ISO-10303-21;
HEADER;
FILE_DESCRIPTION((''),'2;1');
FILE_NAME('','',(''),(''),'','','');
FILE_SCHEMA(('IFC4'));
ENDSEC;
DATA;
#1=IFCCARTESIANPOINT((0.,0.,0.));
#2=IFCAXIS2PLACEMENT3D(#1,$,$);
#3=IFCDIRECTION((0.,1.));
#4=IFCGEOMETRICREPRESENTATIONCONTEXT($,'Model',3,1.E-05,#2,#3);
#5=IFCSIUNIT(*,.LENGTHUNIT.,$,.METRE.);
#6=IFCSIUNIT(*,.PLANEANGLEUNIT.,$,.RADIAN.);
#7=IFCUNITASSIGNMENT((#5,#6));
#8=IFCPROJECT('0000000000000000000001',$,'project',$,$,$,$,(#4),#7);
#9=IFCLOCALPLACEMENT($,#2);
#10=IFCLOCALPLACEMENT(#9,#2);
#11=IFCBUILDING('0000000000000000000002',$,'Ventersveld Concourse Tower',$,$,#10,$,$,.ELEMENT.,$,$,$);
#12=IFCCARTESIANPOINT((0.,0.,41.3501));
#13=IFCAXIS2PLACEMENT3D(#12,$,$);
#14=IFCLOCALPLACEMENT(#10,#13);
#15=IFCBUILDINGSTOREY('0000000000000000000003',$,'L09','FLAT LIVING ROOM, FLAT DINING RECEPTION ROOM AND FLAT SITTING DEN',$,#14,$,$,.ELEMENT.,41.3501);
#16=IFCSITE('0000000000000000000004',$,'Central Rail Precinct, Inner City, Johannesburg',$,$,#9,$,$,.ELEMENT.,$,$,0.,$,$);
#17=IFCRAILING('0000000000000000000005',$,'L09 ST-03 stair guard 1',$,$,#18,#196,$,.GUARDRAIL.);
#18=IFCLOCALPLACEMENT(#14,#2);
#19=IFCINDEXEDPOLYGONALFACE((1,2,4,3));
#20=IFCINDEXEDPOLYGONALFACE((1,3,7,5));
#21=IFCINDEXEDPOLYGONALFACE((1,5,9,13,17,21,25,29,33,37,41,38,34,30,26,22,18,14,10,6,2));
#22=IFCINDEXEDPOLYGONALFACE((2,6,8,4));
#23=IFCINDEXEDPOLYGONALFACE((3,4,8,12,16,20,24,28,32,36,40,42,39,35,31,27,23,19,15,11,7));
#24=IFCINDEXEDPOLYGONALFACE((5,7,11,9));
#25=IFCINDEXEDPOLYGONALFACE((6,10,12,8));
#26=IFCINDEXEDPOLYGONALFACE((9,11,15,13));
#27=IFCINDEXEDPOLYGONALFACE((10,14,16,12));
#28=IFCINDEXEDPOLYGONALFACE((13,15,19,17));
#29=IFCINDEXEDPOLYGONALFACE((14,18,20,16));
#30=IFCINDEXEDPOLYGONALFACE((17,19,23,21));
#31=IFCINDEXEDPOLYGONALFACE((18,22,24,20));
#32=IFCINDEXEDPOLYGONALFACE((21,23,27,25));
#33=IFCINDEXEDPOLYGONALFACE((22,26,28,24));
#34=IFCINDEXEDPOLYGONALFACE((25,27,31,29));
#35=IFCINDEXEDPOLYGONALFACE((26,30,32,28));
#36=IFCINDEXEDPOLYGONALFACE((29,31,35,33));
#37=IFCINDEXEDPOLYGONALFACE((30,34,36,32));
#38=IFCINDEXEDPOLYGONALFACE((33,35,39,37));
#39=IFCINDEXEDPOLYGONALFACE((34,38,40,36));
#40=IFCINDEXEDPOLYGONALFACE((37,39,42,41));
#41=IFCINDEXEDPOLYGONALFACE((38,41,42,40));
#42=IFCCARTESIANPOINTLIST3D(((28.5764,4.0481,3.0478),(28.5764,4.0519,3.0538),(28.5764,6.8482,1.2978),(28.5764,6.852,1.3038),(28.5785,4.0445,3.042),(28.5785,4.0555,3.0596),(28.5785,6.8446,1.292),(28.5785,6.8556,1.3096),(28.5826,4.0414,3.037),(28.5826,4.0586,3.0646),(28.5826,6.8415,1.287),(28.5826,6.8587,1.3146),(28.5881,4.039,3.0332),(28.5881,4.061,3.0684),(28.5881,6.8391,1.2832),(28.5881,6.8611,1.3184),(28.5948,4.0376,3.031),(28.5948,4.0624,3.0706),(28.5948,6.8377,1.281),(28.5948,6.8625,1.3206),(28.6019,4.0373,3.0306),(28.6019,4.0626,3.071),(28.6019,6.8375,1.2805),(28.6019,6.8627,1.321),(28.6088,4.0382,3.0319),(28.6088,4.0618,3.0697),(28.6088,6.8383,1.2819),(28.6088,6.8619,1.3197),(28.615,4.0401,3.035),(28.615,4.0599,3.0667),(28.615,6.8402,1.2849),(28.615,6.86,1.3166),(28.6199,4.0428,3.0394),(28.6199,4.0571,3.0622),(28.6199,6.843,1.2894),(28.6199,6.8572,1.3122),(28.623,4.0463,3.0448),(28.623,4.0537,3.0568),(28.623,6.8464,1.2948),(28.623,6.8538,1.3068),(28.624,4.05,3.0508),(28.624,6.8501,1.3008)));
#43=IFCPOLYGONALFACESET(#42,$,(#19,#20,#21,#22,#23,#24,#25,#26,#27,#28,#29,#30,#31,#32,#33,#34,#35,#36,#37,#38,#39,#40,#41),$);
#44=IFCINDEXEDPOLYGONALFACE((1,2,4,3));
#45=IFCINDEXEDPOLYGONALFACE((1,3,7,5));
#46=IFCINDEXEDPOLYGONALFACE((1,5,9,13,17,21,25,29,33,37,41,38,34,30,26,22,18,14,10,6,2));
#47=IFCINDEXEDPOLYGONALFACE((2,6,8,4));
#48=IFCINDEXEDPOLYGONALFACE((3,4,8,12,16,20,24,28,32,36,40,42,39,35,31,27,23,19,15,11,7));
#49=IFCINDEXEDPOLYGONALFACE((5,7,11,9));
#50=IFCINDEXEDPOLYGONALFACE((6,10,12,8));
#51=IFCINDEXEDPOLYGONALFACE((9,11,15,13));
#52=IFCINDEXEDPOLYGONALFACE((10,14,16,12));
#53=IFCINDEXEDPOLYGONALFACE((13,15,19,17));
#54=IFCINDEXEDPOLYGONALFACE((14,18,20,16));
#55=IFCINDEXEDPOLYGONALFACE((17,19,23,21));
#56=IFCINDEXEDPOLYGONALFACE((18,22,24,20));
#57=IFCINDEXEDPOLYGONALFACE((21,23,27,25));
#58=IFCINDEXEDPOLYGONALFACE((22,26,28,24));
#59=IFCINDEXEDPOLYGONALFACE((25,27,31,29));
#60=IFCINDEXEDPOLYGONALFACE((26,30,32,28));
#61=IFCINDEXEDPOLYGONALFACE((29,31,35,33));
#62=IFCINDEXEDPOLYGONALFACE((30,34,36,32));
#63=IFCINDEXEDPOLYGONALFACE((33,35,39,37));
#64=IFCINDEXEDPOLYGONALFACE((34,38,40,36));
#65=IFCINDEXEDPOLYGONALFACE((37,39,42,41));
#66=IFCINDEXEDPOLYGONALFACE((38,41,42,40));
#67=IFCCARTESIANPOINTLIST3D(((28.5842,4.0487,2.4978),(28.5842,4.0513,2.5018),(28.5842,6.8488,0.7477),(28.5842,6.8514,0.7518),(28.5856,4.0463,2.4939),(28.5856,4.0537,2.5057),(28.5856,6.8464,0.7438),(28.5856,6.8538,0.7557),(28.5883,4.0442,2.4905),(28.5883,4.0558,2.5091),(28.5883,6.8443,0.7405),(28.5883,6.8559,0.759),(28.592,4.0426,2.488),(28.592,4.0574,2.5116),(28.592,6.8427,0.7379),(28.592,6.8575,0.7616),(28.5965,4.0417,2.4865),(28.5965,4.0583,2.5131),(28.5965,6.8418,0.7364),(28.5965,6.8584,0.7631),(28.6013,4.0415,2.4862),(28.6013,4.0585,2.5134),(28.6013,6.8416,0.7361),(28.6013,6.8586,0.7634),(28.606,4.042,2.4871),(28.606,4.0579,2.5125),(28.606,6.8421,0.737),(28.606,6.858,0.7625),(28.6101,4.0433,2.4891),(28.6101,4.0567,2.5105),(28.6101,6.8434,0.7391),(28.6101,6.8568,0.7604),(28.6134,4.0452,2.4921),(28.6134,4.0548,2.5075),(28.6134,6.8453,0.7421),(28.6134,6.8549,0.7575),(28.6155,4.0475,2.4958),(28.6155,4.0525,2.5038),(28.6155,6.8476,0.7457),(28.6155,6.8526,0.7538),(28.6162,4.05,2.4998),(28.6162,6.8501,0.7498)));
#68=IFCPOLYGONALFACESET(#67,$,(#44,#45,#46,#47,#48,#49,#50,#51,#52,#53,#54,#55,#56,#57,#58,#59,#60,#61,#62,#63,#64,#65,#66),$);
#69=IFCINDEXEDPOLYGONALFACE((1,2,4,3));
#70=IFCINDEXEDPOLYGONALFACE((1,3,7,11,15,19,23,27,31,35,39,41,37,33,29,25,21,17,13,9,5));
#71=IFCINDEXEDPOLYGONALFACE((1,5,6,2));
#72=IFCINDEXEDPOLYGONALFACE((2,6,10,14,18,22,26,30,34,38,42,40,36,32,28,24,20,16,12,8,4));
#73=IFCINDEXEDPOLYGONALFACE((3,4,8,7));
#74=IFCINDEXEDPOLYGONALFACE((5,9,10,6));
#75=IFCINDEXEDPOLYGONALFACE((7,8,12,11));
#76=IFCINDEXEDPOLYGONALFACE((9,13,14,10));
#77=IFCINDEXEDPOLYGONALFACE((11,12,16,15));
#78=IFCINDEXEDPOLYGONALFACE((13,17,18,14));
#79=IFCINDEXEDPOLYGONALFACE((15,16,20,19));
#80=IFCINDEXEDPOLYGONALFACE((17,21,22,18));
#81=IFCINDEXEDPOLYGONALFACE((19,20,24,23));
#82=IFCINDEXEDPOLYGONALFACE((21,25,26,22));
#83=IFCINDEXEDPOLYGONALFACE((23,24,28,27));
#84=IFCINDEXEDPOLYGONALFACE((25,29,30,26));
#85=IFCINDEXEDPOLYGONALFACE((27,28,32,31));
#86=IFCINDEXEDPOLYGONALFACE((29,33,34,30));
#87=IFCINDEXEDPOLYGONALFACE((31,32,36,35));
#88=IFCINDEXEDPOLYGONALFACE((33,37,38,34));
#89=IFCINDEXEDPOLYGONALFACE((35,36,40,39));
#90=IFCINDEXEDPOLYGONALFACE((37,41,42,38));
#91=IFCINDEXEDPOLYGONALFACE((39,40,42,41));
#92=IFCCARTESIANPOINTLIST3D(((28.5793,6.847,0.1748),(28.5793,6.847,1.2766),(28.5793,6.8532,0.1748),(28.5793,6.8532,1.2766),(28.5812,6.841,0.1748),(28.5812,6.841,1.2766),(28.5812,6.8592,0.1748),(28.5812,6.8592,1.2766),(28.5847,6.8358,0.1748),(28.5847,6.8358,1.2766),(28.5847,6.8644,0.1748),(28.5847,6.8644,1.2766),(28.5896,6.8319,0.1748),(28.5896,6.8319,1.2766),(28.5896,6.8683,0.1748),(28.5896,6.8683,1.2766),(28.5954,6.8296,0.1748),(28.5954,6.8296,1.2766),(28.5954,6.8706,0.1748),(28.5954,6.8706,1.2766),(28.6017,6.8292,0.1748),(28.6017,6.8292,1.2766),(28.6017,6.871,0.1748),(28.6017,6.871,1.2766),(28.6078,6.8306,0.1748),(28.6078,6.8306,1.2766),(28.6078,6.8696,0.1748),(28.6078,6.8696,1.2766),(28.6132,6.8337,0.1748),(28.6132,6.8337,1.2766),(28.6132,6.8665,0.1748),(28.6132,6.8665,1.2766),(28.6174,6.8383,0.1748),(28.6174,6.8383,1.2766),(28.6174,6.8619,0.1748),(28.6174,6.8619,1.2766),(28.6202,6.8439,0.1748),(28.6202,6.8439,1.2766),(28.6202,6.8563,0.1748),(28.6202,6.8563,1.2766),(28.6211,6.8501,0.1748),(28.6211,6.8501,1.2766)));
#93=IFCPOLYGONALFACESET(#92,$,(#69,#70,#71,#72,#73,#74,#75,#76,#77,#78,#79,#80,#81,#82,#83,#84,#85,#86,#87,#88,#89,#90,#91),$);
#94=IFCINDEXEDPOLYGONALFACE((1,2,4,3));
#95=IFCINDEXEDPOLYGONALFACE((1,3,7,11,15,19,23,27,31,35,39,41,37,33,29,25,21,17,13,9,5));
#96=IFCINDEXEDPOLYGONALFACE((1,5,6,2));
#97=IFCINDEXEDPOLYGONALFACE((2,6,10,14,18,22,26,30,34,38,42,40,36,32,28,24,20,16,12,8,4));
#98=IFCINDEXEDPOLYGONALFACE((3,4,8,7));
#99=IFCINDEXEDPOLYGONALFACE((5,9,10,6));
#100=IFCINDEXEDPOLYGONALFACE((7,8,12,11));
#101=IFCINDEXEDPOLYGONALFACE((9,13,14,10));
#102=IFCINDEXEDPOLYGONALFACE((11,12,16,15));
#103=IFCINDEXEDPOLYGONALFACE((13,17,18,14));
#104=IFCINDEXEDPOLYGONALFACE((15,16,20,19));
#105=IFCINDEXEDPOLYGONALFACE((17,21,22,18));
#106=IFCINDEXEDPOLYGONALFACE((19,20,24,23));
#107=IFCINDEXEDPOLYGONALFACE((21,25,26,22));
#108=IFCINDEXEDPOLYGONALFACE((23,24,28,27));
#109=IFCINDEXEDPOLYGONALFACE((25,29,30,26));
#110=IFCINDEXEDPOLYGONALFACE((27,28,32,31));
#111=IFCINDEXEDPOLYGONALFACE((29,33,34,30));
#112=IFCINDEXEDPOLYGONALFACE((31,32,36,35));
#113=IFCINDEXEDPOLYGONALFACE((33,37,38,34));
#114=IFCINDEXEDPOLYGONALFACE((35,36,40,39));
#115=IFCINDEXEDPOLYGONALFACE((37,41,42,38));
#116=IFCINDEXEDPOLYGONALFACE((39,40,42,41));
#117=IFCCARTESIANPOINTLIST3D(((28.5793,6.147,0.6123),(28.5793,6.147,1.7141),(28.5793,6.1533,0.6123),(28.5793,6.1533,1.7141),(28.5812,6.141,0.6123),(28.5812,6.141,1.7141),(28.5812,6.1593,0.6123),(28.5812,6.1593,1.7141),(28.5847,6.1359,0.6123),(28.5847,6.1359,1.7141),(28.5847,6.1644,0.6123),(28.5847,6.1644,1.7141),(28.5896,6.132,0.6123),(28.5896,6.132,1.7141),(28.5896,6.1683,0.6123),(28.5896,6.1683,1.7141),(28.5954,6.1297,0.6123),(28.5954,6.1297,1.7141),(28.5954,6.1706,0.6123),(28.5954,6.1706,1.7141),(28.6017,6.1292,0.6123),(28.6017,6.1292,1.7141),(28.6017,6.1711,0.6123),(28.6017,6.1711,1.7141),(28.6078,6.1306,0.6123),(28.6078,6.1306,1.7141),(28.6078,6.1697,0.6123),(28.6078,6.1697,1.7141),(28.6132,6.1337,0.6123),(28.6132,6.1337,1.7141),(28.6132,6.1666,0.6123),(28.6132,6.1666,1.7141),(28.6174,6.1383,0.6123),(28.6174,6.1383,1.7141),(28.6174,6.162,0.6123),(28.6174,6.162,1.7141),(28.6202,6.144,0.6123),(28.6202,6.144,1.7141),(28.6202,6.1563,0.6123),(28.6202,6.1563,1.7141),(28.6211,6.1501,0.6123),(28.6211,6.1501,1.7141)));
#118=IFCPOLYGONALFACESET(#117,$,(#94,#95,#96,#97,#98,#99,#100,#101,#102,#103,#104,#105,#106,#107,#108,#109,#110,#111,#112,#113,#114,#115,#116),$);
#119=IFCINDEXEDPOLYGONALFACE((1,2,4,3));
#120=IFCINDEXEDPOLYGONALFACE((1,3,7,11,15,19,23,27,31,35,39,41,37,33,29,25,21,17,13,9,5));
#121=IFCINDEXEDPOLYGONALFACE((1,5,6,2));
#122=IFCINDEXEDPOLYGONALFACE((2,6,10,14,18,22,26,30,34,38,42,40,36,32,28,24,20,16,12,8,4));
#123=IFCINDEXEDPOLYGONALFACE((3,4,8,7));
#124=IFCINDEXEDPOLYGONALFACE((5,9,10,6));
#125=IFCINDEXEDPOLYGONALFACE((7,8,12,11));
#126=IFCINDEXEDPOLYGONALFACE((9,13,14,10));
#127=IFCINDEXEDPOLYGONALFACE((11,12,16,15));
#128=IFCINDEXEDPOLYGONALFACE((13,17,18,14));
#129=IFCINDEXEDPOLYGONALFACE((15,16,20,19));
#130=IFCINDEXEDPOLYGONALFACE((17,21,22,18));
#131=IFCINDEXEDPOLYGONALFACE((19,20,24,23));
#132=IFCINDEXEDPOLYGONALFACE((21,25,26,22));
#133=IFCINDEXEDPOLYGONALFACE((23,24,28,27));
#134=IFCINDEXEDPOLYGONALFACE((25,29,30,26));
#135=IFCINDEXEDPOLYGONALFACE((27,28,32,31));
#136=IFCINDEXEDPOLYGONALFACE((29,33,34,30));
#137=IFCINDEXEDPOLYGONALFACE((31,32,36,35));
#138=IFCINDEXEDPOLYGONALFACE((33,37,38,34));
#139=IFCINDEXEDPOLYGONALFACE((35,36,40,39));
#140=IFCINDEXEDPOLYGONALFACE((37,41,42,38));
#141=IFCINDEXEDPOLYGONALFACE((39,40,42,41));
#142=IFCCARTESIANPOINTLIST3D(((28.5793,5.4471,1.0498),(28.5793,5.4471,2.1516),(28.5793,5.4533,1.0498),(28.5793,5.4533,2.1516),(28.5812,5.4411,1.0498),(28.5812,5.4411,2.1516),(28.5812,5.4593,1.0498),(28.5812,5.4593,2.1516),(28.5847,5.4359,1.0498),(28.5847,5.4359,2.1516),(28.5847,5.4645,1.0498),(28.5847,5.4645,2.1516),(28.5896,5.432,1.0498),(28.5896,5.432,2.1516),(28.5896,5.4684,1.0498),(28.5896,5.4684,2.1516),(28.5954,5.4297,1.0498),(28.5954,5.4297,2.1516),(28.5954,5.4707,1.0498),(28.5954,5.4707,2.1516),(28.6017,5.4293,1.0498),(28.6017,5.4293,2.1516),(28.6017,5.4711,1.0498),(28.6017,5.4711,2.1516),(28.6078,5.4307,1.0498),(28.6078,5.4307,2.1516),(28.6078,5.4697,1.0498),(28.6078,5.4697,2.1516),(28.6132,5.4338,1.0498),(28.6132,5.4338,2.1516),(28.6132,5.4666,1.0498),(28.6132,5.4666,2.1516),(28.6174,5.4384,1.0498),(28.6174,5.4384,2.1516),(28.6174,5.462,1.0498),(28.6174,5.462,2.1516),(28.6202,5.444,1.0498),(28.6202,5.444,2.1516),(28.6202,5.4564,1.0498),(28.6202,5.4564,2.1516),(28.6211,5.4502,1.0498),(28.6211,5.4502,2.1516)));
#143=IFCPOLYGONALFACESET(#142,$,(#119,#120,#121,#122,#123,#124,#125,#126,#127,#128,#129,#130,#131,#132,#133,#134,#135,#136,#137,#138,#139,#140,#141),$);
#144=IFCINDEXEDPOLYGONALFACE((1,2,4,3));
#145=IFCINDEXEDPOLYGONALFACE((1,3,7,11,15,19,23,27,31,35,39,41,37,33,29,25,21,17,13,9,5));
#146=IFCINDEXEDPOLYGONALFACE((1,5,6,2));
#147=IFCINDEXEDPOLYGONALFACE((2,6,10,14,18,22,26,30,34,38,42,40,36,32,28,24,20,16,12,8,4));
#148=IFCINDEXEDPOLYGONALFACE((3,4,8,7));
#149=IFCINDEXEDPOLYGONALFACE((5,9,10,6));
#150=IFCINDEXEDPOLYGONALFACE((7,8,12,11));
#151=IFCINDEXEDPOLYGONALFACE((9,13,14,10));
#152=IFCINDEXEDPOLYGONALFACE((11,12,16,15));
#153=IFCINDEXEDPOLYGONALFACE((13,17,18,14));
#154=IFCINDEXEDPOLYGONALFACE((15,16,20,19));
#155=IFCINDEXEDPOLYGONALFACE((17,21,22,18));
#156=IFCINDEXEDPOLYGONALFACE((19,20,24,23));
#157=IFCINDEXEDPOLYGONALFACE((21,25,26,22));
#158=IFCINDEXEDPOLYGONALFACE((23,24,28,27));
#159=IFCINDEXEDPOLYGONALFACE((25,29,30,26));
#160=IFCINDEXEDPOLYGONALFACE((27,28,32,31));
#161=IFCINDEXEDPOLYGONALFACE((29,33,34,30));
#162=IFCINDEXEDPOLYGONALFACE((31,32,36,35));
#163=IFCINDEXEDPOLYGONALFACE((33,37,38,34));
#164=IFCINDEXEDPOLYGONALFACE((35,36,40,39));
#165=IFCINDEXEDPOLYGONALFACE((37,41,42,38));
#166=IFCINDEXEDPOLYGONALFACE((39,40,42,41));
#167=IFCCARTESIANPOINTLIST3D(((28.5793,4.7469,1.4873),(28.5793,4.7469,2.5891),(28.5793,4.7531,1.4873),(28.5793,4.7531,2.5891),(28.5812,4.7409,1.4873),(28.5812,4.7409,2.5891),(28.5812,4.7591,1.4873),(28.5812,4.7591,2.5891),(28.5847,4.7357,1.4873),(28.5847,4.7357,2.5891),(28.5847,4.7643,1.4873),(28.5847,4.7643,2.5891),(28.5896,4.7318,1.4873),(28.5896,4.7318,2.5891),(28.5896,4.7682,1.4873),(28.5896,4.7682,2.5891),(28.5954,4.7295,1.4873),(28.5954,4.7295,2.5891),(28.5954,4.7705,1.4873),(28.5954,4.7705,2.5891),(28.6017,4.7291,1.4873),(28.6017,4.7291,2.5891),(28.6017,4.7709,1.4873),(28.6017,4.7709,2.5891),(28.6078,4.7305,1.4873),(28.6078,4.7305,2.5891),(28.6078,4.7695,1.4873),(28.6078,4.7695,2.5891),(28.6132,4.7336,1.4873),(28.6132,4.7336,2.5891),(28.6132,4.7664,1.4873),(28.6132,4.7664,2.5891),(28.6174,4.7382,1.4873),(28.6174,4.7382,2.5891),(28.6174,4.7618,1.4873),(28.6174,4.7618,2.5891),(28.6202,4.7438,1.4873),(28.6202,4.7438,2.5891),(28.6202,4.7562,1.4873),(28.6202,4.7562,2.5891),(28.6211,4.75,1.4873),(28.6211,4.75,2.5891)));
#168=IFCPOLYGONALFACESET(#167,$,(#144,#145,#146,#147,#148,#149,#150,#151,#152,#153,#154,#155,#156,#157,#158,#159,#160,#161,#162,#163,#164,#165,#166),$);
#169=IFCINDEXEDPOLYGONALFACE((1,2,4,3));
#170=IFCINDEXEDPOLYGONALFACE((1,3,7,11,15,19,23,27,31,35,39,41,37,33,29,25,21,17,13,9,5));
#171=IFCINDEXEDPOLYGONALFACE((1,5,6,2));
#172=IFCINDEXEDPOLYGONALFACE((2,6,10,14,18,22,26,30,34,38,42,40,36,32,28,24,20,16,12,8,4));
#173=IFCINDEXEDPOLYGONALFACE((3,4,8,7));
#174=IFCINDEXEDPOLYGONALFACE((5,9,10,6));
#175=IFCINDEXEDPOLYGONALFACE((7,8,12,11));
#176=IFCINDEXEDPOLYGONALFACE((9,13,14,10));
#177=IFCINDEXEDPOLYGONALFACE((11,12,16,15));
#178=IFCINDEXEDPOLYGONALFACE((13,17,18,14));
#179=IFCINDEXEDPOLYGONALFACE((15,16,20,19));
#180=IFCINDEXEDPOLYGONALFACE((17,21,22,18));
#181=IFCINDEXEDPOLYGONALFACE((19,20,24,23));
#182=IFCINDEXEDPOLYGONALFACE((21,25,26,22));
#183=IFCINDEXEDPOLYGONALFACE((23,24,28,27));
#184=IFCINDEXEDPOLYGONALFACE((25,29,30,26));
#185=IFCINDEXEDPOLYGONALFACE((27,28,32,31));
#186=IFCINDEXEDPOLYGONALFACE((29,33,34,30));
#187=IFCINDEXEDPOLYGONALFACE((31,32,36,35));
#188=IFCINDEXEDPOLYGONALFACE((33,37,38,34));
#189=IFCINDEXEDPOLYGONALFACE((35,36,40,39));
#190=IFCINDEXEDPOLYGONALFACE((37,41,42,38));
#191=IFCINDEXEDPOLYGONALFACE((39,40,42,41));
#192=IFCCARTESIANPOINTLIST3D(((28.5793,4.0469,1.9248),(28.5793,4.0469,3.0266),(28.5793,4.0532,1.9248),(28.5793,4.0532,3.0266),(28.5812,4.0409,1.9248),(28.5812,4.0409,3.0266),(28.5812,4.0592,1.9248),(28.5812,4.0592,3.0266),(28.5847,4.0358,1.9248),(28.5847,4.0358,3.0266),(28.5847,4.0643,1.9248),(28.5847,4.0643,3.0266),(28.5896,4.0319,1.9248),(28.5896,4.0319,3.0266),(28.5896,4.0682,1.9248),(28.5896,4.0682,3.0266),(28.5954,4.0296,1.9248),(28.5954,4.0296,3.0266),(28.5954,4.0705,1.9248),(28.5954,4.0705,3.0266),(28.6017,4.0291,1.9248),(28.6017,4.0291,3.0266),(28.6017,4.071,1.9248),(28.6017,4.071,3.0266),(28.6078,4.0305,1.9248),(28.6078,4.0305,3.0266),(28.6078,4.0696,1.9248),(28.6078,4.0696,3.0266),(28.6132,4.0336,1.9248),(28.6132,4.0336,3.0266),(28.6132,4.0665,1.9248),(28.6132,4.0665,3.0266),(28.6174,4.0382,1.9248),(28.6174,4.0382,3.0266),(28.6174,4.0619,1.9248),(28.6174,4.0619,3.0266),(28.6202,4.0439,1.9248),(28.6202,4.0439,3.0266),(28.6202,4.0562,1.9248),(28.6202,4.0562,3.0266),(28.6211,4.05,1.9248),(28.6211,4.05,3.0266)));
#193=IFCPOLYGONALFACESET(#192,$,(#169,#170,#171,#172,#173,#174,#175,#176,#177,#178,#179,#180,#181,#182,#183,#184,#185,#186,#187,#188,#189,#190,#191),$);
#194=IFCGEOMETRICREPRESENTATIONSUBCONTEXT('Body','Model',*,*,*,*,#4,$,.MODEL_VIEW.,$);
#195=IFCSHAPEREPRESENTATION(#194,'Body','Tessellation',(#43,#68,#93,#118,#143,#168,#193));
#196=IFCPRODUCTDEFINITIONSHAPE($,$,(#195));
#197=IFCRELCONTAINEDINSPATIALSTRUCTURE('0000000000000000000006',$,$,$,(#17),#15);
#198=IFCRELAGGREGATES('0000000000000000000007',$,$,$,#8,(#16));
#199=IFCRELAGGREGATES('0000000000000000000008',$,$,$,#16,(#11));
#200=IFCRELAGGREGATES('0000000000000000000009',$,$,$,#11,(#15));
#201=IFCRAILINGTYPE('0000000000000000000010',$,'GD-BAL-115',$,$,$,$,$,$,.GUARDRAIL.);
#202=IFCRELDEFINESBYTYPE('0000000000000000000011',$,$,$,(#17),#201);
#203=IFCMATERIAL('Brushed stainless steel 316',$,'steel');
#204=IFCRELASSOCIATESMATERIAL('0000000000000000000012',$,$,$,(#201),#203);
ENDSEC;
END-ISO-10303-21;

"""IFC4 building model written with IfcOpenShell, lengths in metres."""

from ifc_helpers import new_model, si_unit, direction, frame, origin, origin_2d, place, context, subcontext, project, spatial, circle, extrude, material, type_object, element, save


model = new_model("IFC4")

# Units and contexts
model_context = context("Model", 3, precision=1e-05, world=origin(), true_north=direction((0.0, 1.0)))
body_context = subcontext(model_context, "Body", "Model", "MODEL_VIEW")
ifc_project = project(units=[si_unit("LENGTHUNIT", "METRE"), si_unit("PLANEANGLEUNIT", "RADIAN")], contexts=[model_context])

# Site, building, storey
site_placement = place(None, origin())
site = spatial("IfcSite", under=ifc_project, at=site_placement, Name="Central Rail Precinct, Inner City, Johannesburg", CompositionType="ELEMENT", RefElevation=0.0)
building_placement = place(site_placement, origin())
building = spatial("IfcBuilding", under=site, at=building_placement, Name="Ventersveld Concourse Tower", CompositionType="ELEMENT")
storey_placement = place(building_placement, frame((0.0, 0.0, 41.3501)))
storey = spatial("IfcBuildingStorey", under=building, at=storey_placement, Name="L09", Description="FLAT LIVING ROOM, FLAT DINING RECEPTION ROOM AND FLAT SITTING DEN", CompositionType="ELEMENT", Elevation=41.3501)

# Railing
ifc_material_1 = material(Name="Brushed stainless steel 316", Category="steel")
railing_type = type_object("IfcRailingType", Name="GD-BAL-115", PredefinedType="GUARDRAIL", material=ifc_material_1)
railing_1_placement = place(storey_placement, frame((28.6001, 6.8501, 0.1748)))
element("IfcRailing", 1, at=railing_1_placement, inside=storey, type_object=railing_type, Name="L09 ST-03 stair guard 1", PredefinedType="GUARDRAIL", context=body_context, shape_type="SweptSolid", body=[
    extrude(circle(Radius=0.0239, at=origin_2d()), frame((0.0, 0.0, 1.126), z_axis=(0.0, -0.848002, 0.529992), x_axis=(1.0, 0.0, 0.0)), (0.0, 0.0, 1.0), 3.302),
    extrude(circle(Radius=0.0161, at=origin_2d()), frame((0.0, 0.0, 0.575), z_axis=(0.0, -0.848002, 0.529992), x_axis=(1.0, 0.0, 0.0)), (0.0, 0.0, 1.0), 3.302),
    extrude(circle(Radius=0.021, at=origin_2d()), origin(), (0.0, 0.0, 1.0), 1.1018),
    extrude(circle(Radius=0.021, at=origin_2d()), frame((0.0, -0.7, 0.4375)), (0.0, 0.0, 1.0), 1.1018),
    extrude(circle(Radius=0.021, at=origin_2d()), frame((0.0, -1.3999, 0.875)), (0.0, 0.0, 1.0), 1.1018),
    extrude(circle(Radius=0.021, at=origin_2d()), frame((0.0, -2.1001, 1.3125)), (0.0, 0.0, 1.0), 1.1018),
    extrude(circle(Radius=0.021, at=origin_2d()), frame((0.0, -2.8, 1.75)), (0.0, 0.0, 1.0), 1.1018),
])

save(model, "model.ifc")
